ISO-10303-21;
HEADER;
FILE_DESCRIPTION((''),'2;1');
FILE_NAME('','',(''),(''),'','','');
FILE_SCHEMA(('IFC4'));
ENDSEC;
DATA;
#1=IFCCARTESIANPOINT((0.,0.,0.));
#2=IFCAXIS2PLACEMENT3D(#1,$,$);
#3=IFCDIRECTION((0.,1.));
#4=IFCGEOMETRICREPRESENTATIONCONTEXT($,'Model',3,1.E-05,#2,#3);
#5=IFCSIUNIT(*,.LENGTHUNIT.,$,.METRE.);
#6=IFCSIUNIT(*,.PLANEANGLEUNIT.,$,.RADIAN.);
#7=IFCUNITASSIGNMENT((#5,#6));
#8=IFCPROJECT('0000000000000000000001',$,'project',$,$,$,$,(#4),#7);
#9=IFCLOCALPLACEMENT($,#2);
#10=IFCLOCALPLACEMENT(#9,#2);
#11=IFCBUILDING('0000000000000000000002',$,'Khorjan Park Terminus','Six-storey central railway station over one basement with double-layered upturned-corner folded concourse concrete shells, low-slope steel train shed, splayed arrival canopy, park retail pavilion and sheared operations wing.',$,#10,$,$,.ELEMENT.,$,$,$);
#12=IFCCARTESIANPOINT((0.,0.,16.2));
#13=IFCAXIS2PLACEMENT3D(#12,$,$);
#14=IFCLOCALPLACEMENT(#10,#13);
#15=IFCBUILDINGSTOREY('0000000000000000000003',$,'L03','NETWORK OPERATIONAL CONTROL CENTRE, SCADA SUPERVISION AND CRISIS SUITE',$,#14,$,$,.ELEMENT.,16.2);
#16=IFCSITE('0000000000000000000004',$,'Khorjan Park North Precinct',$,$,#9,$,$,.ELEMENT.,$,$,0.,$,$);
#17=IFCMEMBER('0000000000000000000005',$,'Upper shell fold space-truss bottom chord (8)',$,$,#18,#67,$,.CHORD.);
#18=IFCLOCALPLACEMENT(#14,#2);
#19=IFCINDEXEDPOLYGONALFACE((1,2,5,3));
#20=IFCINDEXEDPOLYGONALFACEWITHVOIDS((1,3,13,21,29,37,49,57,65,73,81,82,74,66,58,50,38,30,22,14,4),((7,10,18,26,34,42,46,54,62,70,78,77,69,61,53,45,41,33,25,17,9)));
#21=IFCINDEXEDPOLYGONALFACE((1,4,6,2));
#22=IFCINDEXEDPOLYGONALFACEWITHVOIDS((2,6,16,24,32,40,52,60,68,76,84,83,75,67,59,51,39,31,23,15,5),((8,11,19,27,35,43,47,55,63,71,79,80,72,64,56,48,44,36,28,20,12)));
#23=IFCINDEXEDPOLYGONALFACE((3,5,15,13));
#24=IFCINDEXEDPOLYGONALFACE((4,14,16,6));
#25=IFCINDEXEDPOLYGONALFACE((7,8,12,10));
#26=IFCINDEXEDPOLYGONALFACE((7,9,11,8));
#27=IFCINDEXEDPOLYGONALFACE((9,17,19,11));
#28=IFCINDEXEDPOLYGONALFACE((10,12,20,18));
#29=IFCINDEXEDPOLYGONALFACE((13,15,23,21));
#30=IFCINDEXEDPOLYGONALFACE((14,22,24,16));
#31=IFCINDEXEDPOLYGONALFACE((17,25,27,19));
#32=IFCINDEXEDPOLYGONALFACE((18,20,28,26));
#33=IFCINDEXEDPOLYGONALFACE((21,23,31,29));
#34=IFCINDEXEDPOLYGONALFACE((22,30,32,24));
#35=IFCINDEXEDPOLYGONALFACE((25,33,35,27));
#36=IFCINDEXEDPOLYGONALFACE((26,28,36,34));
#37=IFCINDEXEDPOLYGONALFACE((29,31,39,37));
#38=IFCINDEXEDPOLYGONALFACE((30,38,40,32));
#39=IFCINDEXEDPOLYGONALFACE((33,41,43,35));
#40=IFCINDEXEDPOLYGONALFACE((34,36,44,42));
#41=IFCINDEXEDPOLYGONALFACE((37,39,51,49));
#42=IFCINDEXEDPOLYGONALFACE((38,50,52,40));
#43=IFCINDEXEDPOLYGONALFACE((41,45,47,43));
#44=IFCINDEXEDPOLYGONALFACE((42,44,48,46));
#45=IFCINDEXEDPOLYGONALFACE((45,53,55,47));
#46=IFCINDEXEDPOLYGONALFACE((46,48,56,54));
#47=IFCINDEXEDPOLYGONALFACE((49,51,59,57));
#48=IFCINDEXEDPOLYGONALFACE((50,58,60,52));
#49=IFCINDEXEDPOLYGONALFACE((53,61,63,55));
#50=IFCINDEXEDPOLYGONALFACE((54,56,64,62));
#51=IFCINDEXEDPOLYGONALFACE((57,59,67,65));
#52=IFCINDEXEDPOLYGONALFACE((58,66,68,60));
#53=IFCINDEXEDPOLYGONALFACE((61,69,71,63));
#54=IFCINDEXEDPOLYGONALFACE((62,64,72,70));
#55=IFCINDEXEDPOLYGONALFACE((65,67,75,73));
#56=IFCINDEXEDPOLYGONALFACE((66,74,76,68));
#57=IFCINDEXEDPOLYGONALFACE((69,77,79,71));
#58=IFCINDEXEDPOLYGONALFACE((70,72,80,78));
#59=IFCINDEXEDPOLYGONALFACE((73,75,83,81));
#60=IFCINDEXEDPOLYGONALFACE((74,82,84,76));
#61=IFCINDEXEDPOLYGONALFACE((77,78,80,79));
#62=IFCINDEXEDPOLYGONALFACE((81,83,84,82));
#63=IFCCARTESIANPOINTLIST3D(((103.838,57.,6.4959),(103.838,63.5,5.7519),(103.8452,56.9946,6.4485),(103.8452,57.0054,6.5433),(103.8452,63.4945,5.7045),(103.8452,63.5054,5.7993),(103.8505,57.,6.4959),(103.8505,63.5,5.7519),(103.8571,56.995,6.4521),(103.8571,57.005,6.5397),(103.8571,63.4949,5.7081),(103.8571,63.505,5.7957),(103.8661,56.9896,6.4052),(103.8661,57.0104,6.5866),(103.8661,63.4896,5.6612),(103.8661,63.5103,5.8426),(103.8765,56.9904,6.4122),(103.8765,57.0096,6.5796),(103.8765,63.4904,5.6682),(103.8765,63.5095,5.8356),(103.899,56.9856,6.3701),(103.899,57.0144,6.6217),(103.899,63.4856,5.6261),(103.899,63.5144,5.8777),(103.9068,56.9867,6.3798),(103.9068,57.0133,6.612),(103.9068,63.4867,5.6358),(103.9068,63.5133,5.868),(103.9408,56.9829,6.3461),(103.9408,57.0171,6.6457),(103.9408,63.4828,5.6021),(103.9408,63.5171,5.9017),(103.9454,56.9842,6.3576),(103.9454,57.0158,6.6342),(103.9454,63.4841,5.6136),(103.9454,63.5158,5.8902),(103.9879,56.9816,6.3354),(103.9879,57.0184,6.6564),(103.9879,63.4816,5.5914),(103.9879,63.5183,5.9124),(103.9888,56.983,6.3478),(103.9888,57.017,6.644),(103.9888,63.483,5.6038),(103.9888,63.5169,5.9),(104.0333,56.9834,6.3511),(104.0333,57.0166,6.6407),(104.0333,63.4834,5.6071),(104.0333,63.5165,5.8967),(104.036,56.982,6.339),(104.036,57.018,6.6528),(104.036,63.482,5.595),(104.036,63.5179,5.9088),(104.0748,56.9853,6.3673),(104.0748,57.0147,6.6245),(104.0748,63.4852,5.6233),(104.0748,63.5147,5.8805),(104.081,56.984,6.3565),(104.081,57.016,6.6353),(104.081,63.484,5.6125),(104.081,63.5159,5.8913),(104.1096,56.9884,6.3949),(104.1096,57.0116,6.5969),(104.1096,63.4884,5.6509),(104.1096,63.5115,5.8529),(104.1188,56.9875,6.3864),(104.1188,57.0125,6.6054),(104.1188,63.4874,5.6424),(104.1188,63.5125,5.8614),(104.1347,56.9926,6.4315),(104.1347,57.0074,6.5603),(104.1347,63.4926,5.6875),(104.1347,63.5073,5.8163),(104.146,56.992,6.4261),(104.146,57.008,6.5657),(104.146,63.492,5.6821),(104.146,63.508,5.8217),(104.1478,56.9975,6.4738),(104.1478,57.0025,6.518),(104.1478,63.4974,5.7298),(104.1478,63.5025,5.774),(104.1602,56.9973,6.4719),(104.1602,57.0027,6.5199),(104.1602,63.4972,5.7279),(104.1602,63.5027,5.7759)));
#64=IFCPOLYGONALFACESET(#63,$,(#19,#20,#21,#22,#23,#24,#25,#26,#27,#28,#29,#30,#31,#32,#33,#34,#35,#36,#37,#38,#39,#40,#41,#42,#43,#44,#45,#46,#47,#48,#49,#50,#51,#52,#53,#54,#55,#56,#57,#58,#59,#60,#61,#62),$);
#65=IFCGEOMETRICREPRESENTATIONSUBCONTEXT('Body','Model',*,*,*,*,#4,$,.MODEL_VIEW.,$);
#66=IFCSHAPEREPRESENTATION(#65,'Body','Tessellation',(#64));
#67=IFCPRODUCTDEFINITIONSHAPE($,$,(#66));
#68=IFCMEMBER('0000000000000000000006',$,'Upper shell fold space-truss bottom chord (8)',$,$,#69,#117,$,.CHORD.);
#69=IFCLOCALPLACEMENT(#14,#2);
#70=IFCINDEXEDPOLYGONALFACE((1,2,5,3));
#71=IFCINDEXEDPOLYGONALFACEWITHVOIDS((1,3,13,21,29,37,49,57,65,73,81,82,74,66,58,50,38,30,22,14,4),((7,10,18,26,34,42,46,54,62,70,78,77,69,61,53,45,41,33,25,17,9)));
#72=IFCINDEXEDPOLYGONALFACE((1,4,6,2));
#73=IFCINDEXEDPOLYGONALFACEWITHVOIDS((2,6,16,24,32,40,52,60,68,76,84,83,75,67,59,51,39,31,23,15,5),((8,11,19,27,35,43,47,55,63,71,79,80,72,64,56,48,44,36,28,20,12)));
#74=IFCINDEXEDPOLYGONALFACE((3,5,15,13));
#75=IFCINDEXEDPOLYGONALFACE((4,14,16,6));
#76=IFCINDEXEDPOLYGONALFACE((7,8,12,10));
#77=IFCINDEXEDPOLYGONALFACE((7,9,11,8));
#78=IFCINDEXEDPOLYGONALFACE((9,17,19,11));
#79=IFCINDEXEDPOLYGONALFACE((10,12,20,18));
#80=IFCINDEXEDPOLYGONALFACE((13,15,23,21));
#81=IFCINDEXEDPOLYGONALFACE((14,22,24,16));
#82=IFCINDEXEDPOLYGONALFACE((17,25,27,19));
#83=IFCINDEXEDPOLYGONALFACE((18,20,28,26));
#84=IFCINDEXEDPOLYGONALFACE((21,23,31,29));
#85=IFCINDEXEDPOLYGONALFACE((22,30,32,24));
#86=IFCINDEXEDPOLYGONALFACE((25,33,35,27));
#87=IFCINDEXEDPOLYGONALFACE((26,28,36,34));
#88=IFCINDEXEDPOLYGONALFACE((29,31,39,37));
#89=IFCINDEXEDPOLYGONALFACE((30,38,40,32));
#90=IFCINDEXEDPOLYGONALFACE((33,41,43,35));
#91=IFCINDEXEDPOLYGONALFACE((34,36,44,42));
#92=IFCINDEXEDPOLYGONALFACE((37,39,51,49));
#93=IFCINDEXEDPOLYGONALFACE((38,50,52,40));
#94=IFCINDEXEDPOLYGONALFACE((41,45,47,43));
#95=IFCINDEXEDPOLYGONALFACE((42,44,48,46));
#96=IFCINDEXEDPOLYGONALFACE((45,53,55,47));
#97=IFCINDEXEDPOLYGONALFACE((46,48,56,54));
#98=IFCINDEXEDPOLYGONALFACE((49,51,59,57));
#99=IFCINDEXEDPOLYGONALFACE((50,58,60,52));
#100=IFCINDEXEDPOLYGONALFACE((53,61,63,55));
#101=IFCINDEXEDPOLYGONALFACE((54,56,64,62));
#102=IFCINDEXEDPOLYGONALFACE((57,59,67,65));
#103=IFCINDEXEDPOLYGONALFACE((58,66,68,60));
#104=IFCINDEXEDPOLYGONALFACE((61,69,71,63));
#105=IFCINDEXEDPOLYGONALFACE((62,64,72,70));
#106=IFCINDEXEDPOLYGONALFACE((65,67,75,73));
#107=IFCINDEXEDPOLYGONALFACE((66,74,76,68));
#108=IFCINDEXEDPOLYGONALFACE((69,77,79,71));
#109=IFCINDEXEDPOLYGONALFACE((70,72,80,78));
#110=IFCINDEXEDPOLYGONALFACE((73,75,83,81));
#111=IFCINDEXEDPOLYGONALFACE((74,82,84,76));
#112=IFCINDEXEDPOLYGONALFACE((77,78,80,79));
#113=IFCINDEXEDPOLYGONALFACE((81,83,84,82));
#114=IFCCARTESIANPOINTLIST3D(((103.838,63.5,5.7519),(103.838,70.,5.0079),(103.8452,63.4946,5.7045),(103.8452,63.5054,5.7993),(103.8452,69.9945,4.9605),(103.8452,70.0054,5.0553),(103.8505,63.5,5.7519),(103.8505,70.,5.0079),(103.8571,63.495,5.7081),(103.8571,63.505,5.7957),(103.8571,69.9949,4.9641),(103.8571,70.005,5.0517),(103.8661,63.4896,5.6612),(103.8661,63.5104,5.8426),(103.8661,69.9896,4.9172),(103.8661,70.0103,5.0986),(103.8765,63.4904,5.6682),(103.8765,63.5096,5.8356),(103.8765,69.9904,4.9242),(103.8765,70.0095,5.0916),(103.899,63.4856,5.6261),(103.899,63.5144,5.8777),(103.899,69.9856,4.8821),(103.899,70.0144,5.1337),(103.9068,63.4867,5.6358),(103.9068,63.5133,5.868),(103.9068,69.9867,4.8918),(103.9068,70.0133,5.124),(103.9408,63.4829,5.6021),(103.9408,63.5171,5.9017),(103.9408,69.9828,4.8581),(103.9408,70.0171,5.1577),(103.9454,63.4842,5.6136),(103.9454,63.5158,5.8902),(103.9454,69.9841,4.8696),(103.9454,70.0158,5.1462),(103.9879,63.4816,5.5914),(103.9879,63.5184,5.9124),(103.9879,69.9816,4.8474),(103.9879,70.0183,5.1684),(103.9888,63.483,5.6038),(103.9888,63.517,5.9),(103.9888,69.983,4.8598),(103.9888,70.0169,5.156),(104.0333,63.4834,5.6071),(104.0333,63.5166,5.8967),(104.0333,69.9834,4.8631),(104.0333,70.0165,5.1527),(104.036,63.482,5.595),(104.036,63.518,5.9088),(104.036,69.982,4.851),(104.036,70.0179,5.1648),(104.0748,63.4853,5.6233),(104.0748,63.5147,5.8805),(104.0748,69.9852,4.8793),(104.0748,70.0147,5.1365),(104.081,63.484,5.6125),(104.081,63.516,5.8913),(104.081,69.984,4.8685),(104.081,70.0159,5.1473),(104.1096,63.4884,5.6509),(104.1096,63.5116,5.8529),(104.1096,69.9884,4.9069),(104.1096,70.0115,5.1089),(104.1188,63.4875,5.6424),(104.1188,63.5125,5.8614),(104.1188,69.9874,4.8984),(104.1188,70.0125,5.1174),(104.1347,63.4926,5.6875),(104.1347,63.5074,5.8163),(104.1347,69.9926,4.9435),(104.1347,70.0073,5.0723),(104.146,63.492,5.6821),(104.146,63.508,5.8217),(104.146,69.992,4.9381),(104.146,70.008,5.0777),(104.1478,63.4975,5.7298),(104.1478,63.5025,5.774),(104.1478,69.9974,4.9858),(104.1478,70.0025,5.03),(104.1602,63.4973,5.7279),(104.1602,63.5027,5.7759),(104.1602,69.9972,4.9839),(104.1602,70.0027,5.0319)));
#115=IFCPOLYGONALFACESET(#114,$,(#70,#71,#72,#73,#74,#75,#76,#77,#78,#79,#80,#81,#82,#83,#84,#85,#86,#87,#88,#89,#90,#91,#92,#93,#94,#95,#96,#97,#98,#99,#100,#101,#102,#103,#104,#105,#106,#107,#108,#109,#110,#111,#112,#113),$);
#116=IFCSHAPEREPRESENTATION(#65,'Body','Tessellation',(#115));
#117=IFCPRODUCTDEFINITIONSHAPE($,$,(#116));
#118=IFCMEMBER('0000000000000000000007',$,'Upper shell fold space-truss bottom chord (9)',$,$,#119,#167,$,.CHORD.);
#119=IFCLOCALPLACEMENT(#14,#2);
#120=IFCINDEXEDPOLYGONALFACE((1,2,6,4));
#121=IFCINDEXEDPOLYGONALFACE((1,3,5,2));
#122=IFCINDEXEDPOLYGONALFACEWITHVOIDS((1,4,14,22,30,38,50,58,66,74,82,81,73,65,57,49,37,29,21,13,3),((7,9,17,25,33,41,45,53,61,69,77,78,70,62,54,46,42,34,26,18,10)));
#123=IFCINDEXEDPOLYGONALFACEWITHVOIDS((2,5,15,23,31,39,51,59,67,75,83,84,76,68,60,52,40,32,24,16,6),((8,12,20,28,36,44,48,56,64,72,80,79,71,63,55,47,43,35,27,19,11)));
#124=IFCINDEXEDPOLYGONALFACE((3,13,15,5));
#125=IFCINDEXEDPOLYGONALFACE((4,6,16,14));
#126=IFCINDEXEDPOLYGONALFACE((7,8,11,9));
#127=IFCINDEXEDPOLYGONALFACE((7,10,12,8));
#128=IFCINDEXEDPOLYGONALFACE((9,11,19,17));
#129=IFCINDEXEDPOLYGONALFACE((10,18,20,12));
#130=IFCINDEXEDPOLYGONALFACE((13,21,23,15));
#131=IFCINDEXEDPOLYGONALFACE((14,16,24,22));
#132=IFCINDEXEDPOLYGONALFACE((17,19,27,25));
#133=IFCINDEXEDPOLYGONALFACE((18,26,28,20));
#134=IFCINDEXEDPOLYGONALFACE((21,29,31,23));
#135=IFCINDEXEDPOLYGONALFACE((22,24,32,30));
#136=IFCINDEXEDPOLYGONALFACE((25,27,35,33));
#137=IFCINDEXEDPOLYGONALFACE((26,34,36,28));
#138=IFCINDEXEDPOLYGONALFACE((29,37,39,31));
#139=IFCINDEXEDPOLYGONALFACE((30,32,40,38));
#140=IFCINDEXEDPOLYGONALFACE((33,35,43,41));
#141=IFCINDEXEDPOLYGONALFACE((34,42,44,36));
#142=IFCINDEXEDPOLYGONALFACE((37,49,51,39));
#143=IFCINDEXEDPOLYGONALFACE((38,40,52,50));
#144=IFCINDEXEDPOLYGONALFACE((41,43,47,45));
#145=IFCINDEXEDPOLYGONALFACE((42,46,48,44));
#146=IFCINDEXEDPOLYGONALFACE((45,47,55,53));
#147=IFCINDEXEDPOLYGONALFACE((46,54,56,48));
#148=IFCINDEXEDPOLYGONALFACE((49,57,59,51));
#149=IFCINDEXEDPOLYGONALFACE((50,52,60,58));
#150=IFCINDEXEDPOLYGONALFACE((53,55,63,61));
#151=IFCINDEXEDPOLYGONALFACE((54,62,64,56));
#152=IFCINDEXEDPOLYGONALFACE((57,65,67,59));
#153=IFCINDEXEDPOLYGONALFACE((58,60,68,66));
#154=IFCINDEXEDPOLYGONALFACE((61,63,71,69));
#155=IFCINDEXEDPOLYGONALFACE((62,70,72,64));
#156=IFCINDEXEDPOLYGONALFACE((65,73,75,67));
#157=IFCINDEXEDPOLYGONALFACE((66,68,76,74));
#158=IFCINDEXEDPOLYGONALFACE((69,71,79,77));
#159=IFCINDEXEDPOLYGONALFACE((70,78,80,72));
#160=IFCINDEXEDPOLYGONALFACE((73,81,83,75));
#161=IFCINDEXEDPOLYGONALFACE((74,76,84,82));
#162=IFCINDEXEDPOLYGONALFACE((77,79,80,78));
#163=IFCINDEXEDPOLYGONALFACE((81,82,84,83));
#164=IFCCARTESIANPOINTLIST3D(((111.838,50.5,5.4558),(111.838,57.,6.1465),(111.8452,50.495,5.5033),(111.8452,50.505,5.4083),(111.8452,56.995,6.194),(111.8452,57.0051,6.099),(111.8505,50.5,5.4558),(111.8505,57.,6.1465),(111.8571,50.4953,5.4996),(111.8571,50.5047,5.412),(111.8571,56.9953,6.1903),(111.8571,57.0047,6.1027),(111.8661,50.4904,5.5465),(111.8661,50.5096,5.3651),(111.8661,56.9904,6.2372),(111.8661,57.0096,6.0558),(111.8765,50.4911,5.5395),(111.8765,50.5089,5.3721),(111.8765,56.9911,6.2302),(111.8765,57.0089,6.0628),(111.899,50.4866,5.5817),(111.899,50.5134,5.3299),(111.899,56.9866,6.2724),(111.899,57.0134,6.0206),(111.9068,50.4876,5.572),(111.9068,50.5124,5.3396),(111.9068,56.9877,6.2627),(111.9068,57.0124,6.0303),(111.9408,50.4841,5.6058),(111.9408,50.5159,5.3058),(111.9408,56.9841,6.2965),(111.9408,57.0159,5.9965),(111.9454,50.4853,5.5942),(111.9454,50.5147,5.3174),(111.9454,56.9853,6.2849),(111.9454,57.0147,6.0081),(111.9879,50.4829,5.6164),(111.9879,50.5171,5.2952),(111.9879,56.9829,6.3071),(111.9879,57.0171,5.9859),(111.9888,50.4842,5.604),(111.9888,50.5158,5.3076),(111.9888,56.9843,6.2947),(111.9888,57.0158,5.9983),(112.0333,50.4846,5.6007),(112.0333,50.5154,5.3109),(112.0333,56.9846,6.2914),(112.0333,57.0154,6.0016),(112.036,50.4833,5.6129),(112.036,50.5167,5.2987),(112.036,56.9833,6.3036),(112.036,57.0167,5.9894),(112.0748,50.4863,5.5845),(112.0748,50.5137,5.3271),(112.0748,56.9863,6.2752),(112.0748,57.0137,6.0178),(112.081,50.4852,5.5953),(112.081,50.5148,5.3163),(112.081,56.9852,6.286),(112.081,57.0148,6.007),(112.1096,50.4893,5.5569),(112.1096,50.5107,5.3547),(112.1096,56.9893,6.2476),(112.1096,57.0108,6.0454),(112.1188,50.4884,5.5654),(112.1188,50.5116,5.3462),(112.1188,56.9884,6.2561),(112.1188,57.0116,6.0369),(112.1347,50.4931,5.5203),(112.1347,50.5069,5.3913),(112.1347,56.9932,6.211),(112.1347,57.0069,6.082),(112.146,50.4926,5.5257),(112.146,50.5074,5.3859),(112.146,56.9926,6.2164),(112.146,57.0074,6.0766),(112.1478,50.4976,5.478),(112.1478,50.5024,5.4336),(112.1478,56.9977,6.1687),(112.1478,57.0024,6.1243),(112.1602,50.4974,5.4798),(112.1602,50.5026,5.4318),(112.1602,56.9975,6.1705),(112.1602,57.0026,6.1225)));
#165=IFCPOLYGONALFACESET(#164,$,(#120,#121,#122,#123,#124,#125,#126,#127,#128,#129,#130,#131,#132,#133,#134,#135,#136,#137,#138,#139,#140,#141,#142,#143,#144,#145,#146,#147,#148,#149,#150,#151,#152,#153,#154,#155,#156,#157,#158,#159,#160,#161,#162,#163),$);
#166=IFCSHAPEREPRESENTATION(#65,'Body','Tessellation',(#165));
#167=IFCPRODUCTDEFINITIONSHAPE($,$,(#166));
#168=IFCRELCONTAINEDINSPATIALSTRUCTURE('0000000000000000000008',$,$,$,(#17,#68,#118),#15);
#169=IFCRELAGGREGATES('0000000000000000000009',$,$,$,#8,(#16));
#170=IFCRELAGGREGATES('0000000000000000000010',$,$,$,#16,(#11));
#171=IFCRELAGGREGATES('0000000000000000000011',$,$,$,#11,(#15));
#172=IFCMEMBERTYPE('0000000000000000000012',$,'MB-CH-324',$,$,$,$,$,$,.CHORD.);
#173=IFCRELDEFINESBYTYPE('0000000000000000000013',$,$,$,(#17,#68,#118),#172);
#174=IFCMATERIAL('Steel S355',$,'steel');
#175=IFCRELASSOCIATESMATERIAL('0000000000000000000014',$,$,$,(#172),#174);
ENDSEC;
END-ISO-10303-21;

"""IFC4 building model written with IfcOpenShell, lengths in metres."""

from ifc_helpers import new_model, si_unit, direction, frame, origin, origin_2d, place, context, subcontext, project, spatial, hollow_circle, extrude, material, material_profile, profile_set, type_object, element, save


model = new_model("IFC4")

# Units and contexts
model_context = context("Model", 3, precision=1e-05, world=origin(), true_north=direction((0.0, 1.0)))
body_context = subcontext(model_context, "Body", "Model", "MODEL_VIEW")
ifc_project = project(units=[si_unit("LENGTHUNIT", "METRE"), si_unit("PLANEANGLEUNIT", "RADIAN")], contexts=[model_context])

# Site, building, storey
site_placement = place(None, origin())
site = spatial("IfcSite", under=ifc_project, at=site_placement, Name="Khorjan Park North Precinct", CompositionType="ELEMENT", RefElevation=0.0)
building_placement = place(site_placement, origin())
building = spatial("IfcBuilding", under=site, at=building_placement, Name="Khorjan Park Terminus", Description="Six-storey central railway station over one basement with double-layered upturned-corner folded concourse concrete shells, low-slope steel train shed, splayed arrival canopy, park retail pavilion and sheared operations wing.", CompositionType="ELEMENT")
storey_placement = place(building_placement, frame((0.0, 0.0, 16.2)))
storey = spatial("IfcBuildingStorey", under=building, at=storey_placement, Name="L03", Description="NETWORK OPERATIONAL CONTROL CENTRE, SCADA SUPERVISION AND CRISIS SUITE", CompositionType="ELEMENT", Elevation=16.2)

# Members
ifc_material = material(Name="Steel S355", Category="steel")
ifc_material_profile_1 = material_profile(ifc_material, hollow_circle(Radius=0.162, WallThickness=0.0125, at=origin_2d()), Name="CHS 323.9x12.5")
ifc_profile_set_1 = profile_set([ifc_material_profile_1], Name="Steel S355")
member_type_1 = type_object("IfcMemberType", Name="MB-CH-324", PredefinedType="CHORD", material=ifc_profile_set_1)
for number, where, z_axis, x_axis, name in (
    (1, (104.0, 57.0, 6.4959), (0.0, 0.993513, -0.113719), (-1.0, 0.0, 0.0), "Upper shell fold space-truss bottom chord (8)"),
    (2, (104.0, 63.5, 5.7519), (0.0, 0.993513, -0.113719), (-1.0, 0.0, 0.0), "Upper shell fold space-truss bottom chord (8)"),
):
    element("IfcMember", number, at=place(storey_placement, frame(where, z_axis=z_axis, x_axis=x_axis)), inside=storey, type_object=member_type_1, Name=name, PredefinedType="CHORD", context=body_context, shape_type="SweptSolid", body=[
        extrude(hollow_circle(Radius=0.162, WallThickness=0.0125, at=origin_2d()), origin(), (0.0, 0.0, 1.0), 6.5424),
    ])
for number, where, z_axis, x_axis, name in (
    (3, (112.0, 50.5, 5.4558), (0.0, 0.994402, 0.105667), (-1.0, 0.0, 0.0), "Upper shell fold space-truss bottom chord (9)"),
):
    element("IfcMember", number, at=place(storey_placement, frame(where, z_axis=z_axis, x_axis=x_axis)), inside=storey, type_object=member_type_1, Name=name, PredefinedType="CHORD", context=body_context, shape_type="SweptSolid", body=[
        extrude(hollow_circle(Radius=0.162, WallThickness=0.0125, at=origin_2d()), origin(), (0.0, 0.0, 1.0), 6.5366),
    ])

save(model, "model.ifc")
